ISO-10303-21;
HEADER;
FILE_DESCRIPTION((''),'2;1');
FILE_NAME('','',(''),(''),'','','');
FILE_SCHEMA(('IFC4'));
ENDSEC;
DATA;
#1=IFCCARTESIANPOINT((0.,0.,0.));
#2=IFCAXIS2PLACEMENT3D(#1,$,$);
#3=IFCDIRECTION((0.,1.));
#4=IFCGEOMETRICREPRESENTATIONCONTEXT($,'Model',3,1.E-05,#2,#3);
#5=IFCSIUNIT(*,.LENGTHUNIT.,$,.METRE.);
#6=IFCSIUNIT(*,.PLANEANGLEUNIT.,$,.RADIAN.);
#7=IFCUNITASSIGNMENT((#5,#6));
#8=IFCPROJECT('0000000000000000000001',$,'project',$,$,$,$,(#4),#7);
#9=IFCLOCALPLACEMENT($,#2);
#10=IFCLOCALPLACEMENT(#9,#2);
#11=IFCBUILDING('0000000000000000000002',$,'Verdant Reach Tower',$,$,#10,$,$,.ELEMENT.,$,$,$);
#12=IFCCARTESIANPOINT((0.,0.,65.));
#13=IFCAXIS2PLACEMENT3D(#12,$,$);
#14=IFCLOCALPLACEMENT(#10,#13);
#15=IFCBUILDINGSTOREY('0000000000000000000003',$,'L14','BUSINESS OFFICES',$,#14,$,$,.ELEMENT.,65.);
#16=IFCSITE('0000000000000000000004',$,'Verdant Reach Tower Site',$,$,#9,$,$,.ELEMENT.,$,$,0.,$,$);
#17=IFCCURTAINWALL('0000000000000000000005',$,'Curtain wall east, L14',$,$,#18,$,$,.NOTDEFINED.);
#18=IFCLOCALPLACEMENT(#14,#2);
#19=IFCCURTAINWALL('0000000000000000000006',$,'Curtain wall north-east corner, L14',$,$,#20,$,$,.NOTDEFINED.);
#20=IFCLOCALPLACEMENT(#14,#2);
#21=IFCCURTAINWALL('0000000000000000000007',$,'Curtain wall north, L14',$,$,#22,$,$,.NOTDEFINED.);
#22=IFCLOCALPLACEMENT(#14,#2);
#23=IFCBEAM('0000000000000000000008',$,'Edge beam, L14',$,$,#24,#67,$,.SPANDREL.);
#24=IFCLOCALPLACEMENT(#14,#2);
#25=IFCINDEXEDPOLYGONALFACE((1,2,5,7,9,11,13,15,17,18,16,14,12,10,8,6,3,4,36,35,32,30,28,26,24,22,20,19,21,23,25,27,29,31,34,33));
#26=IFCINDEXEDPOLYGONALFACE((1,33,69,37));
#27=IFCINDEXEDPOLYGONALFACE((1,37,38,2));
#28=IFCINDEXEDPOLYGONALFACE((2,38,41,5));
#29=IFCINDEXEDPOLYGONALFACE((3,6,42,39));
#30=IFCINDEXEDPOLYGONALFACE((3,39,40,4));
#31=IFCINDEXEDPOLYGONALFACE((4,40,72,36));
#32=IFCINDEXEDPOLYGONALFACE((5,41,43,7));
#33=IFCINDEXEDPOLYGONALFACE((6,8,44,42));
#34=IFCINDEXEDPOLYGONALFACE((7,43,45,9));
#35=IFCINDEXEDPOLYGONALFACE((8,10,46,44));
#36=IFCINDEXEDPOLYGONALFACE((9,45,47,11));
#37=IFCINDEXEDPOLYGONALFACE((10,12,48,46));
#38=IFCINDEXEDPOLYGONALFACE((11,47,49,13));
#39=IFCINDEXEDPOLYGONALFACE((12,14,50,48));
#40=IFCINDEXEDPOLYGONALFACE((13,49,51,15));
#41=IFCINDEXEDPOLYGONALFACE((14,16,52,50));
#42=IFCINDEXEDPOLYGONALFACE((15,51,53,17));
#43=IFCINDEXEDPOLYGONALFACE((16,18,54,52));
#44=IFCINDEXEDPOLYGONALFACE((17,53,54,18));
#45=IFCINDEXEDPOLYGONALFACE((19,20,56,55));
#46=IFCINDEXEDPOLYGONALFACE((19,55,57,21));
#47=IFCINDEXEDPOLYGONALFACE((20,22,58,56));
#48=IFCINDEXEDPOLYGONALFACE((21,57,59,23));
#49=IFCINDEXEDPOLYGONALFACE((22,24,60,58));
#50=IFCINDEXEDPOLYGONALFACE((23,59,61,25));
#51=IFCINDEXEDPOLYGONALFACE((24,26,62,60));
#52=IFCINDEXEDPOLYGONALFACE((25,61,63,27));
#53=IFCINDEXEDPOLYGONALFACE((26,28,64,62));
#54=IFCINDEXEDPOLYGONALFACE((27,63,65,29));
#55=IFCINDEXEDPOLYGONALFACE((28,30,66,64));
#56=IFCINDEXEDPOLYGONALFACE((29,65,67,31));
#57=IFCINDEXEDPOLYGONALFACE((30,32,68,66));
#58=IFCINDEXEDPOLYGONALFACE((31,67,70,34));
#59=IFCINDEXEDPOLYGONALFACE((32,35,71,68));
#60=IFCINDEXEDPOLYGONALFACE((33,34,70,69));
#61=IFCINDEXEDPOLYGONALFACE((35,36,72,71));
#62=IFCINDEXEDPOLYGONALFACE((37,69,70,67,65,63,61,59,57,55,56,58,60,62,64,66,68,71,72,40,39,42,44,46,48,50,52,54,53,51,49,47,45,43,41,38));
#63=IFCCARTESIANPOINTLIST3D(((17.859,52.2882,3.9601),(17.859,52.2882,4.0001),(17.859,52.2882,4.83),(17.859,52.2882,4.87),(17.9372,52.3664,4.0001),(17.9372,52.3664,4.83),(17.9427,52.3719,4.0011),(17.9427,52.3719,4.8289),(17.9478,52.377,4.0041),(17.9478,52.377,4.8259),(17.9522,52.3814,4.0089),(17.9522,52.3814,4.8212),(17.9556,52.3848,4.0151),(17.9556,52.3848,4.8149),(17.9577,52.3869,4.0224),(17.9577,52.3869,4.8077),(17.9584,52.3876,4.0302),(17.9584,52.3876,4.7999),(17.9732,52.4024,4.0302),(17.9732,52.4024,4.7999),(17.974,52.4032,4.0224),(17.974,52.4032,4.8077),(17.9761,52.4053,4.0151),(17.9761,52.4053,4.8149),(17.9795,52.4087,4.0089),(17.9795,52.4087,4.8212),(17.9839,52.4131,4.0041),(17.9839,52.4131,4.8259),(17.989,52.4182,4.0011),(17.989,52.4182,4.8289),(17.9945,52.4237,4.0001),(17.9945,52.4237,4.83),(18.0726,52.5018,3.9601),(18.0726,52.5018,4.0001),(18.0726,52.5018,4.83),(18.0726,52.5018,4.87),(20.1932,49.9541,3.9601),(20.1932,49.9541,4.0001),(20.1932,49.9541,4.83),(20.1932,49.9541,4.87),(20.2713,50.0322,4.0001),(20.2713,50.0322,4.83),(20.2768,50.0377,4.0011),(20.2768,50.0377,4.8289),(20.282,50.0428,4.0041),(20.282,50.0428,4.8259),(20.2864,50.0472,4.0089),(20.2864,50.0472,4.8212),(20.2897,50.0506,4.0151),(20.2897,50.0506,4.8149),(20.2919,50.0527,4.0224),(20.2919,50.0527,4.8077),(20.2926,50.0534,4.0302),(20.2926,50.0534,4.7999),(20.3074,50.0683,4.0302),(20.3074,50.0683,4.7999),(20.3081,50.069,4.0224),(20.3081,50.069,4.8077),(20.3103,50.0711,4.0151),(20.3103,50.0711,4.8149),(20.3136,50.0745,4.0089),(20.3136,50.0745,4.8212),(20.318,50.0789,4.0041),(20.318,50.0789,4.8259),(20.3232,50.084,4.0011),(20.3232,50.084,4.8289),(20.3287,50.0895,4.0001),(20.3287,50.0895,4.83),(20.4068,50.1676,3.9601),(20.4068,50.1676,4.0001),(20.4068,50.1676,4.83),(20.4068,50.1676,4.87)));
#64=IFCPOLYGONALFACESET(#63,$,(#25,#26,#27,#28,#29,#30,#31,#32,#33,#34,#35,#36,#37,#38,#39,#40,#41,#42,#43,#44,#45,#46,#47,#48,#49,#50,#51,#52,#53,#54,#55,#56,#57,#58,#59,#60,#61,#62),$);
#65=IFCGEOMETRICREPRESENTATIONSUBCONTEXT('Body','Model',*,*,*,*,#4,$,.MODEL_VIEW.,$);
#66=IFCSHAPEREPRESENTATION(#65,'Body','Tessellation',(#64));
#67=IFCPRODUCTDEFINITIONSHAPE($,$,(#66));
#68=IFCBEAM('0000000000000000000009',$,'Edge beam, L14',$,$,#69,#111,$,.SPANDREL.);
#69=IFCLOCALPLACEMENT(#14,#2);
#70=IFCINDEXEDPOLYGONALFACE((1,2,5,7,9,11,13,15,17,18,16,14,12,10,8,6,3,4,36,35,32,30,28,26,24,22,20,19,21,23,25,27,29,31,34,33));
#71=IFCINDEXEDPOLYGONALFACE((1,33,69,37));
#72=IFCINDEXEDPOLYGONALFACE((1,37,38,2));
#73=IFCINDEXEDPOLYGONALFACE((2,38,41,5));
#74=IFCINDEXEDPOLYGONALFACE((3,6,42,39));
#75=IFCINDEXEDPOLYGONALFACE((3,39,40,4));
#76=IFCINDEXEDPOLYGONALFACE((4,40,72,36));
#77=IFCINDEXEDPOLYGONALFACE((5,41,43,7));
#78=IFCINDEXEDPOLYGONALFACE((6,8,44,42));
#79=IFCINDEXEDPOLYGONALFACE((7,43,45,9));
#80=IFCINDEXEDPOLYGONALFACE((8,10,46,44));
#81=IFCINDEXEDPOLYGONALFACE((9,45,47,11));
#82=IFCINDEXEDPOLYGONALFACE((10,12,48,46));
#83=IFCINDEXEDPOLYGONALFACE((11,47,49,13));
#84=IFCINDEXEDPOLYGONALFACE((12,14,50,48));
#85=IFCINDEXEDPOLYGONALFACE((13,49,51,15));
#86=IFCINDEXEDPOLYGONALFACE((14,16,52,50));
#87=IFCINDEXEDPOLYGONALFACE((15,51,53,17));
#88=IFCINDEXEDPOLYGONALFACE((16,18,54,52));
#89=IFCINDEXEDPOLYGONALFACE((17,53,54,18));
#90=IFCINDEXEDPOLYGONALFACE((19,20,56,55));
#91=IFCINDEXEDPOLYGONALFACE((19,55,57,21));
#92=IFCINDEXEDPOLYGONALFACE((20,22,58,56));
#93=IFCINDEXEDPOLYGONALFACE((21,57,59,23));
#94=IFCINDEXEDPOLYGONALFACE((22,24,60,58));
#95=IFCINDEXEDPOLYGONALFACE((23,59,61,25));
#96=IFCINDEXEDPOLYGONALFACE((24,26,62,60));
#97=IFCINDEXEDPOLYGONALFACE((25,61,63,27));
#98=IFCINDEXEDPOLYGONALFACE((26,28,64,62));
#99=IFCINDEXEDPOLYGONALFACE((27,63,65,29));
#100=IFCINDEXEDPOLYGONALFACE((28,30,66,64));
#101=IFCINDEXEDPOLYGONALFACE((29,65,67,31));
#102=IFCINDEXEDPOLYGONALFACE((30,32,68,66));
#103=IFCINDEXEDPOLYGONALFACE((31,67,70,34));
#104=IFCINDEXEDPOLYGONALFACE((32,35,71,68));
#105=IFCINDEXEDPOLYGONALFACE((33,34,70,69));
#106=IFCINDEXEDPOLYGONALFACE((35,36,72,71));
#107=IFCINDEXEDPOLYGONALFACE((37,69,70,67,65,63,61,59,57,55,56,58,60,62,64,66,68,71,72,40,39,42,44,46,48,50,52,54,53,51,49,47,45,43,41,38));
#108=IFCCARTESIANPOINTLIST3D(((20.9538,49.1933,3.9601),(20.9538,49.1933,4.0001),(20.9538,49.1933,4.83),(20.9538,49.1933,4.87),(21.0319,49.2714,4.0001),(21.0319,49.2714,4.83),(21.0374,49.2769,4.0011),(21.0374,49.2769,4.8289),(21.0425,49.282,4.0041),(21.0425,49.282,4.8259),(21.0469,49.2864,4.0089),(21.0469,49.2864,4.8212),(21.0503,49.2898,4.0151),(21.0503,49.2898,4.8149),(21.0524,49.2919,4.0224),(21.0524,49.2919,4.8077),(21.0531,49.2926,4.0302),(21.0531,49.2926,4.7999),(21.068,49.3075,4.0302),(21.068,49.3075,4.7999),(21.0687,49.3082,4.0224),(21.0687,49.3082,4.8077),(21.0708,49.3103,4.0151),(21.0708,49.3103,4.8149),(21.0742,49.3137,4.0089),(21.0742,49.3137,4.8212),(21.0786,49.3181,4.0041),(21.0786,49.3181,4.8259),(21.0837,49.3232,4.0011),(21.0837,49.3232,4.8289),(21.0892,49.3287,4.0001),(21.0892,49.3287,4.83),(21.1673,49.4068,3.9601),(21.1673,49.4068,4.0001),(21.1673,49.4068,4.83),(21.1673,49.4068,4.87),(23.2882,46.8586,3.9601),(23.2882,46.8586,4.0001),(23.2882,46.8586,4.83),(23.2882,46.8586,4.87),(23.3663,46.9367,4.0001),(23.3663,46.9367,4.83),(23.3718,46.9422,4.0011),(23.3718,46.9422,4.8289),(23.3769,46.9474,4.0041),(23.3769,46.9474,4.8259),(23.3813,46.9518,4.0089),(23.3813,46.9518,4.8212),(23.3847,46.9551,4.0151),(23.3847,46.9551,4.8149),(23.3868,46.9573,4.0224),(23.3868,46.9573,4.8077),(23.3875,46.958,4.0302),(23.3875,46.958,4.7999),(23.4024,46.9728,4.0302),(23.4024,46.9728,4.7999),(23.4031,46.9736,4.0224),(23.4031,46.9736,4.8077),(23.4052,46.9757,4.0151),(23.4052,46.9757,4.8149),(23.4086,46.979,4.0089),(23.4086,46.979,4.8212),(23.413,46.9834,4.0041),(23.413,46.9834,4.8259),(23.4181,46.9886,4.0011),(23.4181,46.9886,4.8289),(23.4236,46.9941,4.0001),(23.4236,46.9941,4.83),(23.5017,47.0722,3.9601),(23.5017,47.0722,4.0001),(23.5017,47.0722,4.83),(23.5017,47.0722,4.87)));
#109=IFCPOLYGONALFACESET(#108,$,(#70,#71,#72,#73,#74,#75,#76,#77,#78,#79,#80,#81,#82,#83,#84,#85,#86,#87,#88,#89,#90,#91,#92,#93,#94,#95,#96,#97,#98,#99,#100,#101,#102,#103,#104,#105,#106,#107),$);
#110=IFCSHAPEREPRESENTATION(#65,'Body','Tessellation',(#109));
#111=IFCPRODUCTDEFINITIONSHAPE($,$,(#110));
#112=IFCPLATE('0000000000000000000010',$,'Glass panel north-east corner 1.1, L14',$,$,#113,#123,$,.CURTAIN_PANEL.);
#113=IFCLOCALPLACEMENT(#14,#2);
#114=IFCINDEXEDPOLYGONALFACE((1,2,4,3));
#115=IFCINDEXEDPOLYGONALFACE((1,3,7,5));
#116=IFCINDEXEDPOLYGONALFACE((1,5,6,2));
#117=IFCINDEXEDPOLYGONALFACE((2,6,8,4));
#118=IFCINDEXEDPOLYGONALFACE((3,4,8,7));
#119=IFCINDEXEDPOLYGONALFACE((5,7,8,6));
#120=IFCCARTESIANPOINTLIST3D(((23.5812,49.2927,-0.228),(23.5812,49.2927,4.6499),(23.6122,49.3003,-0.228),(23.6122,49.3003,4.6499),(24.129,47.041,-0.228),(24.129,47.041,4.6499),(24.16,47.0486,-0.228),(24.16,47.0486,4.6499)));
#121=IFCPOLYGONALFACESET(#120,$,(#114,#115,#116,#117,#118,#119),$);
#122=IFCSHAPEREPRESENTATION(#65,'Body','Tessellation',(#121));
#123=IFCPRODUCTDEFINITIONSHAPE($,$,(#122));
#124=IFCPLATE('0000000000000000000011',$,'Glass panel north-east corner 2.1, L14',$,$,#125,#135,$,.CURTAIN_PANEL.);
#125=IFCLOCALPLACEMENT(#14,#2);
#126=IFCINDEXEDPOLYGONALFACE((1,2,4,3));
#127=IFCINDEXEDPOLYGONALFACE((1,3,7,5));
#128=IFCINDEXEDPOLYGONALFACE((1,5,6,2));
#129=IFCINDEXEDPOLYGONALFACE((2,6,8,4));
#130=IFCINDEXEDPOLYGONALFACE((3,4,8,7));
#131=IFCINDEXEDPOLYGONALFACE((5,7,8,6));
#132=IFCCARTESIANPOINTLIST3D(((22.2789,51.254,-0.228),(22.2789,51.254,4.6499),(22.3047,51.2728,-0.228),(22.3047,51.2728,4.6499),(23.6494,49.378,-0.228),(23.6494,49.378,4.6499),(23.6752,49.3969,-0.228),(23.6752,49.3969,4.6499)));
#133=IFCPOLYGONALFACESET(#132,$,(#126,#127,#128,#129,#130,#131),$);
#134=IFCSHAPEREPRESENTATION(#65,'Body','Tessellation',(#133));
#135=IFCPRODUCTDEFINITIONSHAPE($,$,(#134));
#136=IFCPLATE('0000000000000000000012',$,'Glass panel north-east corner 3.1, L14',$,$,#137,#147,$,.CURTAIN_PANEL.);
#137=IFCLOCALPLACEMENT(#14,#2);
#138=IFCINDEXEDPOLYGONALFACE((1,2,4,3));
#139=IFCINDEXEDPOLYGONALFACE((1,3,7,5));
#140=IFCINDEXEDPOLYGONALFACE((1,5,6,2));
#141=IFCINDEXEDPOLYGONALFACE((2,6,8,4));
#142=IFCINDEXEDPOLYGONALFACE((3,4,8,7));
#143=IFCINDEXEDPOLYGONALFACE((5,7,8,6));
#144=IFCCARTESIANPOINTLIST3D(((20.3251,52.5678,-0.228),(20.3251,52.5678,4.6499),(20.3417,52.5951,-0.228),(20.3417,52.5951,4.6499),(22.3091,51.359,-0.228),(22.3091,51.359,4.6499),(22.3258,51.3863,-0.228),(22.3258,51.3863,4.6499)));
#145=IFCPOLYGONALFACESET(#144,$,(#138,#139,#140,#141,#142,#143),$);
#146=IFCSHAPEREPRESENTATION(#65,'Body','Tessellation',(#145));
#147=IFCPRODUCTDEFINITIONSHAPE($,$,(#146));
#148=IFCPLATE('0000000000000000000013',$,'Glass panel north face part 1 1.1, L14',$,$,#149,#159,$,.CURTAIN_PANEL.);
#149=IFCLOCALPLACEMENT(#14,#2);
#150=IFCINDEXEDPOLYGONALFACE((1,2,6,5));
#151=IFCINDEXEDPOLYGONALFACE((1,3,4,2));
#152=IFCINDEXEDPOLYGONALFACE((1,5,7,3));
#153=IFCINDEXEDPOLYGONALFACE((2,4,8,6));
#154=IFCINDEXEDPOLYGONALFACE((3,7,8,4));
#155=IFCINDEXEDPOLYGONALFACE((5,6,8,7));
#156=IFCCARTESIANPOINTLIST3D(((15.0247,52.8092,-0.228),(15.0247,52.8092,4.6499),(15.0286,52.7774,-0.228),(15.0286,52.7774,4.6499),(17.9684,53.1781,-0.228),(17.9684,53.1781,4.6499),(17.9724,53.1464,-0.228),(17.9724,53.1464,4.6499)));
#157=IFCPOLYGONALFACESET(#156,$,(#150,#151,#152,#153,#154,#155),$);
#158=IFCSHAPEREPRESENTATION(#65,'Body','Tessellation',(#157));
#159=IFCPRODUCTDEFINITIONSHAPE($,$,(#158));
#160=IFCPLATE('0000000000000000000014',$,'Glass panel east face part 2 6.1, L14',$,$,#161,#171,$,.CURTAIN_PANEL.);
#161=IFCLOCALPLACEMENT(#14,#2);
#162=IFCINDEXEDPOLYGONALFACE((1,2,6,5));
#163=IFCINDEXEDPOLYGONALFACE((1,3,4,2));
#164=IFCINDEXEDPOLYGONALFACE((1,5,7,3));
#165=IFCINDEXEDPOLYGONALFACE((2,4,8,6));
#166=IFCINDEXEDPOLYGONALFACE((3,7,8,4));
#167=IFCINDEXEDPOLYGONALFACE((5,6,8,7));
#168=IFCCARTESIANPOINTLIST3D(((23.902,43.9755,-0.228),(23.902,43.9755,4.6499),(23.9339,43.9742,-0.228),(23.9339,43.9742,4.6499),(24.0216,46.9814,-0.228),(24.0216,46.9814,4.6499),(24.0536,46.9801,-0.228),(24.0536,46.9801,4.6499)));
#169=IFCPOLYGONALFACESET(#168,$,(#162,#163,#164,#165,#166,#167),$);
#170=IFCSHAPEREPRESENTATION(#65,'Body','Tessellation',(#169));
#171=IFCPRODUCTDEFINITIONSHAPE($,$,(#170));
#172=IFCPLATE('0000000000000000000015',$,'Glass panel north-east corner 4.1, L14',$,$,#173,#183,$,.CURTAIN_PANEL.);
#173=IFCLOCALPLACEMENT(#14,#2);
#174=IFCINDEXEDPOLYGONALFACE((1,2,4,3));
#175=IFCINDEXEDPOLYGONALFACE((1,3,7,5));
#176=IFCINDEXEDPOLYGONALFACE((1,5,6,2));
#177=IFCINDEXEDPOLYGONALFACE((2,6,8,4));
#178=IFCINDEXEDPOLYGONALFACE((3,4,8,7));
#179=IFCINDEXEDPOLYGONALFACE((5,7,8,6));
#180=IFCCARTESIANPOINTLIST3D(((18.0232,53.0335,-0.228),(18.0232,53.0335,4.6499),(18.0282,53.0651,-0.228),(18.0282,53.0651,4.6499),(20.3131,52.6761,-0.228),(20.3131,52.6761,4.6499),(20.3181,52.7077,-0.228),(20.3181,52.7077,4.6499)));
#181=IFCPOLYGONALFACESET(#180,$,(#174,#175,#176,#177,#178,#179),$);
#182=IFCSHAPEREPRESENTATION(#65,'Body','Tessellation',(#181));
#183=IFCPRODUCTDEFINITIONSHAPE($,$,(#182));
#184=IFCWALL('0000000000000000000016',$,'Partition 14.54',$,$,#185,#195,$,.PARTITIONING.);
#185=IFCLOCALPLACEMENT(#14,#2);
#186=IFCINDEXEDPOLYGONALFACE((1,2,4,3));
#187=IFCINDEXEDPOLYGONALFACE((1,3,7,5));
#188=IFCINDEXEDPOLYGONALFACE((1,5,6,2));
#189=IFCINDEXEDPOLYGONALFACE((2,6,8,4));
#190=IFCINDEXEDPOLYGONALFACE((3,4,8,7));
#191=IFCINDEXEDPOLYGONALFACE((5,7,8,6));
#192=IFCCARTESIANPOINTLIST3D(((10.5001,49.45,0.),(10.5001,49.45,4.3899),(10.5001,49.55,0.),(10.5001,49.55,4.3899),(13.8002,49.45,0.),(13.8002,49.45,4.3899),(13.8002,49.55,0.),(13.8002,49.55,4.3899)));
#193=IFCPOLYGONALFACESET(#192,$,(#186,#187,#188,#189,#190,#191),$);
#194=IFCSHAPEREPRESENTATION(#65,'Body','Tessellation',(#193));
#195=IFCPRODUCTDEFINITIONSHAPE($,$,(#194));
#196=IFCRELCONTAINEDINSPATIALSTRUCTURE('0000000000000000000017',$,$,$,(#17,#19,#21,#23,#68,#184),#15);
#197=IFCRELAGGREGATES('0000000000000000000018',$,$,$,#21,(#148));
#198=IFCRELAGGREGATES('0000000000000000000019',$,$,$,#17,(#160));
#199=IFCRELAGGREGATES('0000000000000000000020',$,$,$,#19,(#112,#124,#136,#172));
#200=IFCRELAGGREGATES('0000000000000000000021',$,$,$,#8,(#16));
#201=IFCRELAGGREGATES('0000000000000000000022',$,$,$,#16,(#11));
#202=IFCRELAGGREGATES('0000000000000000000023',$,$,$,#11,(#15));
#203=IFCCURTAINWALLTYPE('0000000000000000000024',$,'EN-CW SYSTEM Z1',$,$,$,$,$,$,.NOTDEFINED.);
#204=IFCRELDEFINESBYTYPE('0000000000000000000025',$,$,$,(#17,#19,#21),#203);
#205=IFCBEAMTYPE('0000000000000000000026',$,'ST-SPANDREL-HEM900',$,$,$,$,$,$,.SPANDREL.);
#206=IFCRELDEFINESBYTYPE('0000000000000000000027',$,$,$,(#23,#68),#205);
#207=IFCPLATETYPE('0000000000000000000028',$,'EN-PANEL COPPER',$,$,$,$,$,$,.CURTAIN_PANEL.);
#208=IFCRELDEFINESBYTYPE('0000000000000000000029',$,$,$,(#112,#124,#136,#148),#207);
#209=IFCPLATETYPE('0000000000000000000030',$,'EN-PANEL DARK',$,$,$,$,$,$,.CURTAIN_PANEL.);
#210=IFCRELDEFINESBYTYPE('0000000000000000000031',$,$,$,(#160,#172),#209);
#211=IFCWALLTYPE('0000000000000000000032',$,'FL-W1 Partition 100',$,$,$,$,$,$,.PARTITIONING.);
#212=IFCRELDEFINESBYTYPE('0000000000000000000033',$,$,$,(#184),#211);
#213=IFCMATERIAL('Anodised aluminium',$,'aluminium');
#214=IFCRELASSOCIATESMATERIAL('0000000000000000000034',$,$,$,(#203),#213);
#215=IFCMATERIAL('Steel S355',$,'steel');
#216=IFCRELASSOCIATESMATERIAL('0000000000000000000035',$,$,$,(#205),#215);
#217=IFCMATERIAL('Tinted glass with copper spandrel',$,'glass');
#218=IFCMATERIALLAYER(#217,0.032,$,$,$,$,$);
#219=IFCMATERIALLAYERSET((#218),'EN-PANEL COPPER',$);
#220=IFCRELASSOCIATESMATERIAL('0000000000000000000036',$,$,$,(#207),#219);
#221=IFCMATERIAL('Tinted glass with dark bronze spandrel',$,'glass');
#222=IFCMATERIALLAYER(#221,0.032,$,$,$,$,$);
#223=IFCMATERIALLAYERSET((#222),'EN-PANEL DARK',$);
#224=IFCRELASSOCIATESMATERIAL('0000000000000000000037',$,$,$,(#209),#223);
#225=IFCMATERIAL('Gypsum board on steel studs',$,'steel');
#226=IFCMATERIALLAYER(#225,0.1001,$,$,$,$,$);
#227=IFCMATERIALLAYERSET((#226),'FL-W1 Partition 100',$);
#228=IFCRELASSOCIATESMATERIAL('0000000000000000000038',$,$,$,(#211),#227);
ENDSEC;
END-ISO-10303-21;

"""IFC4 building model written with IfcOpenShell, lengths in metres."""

from ifc_helpers import new_model, si_unit, direction, frame, frame_2d, origin, origin_2d, place, context, subcontext, project, spatial, rectangle, i_section, extrude, material, layer, layer_set, material_profile, profile_set, type_object, element, aggregate, save


model = new_model("IFC4")

# Units and contexts
model_context = context("Model", 3, precision=1e-05, world=origin(), true_north=direction((0.0, 1.0)))
body_context = subcontext(model_context, "Body", "Model", "MODEL_VIEW")
ifc_project = project(units=[si_unit("LENGTHUNIT", "METRE"), si_unit("PLANEANGLEUNIT", "RADIAN")], contexts=[model_context])

# Site, building, storey
site_placement = place(None, origin())
site = spatial("IfcSite", under=ifc_project, at=site_placement, Name="Verdant Reach Tower Site", CompositionType="ELEMENT", RefElevation=0.0)
building_placement = place(site_placement, origin())
building = spatial("IfcBuilding", under=site, at=building_placement, Name="Verdant Reach Tower", CompositionType="ELEMENT")
storey_placement = place(building_placement, frame((0.0, 0.0, 65.0)))
storey = spatial("IfcBuildingStorey", under=building, at=storey_placement, Name="L14", Description="BUSINESS OFFICES", CompositionType="ELEMENT", Elevation=65.0)

# Curtain wall
ifc_material_1 = material(Name="Anodised aluminium", Category="aluminium")
curtain_wall_type = type_object("IfcCurtainWallType", Name="EN-CW SYSTEM Z1", PredefinedType="NOTDEFINED", material=ifc_material_1)
curtain_wall_1_placement = place(storey_placement, origin())
curtain_wall_1 = element("IfcCurtainWall", 1, at=curtain_wall_1_placement, inside=storey, type_object=curtain_wall_type, Name="Curtain wall east, L14", PredefinedType="NOTDEFINED")

# Curtain walls
curtain_wall_2_placement = place(storey_placement, origin())
curtain_wall_2 = element("IfcCurtainWall", 2, at=curtain_wall_2_placement, inside=storey, type_object=curtain_wall_type, Name="Curtain wall north-east corner, L14", PredefinedType="NOTDEFINED")
curtain_wall_3_placement = place(storey_placement, origin())
curtain_wall_3 = element("IfcCurtainWall", 3, at=curtain_wall_3_placement, inside=storey, type_object=curtain_wall_type, Name="Curtain wall north, L14", PredefinedType="NOTDEFINED")

# Beams
ifc_material_2 = material(Name="Steel S355", Category="steel")
ifc_material_profile_1 = material_profile(ifc_material_2, i_section(OverallWidth=0.302, OverallDepth=0.9099, WebThickness=0.021, FlangeThickness=0.04, FilletRadius=0.03, at=origin_2d()), Name="HEM 900")
ifc_profile_set_1 = profile_set([ifc_material_profile_1], Name="Steel S355")
beam_type_1 = type_object("IfcBeamType", Name="ST-SPANDREL-HEM900", PredefinedType="SPANDREL", material=ifc_profile_set_1)
beam_1_placement = place(storey_placement, frame((17.9658, 52.395, 4.415), z_axis=(0.707107, -0.707107, 0.0), x_axis=(0.707107, 0.707107, 0.0)))
element("IfcBeam", 4, at=beam_1_placement, inside=storey, type_object=beam_type_1, Name="Edge beam, L14", PredefinedType="SPANDREL", context=body_context, shape_type="SweptSolid", body=[
    extrude(i_section(OverallWidth=0.302, OverallDepth=0.9099, WebThickness=0.021, FlangeThickness=0.04, FilletRadius=0.03, at=origin_2d()), origin(), (0.0, 0.0, 1.0), 3.301),
])
beam_2_placement = place(storey_placement, frame((21.0605, 49.3, 4.415), z_axis=(0.70707, -0.707144, 0.0), x_axis=(0.707144, 0.70707, 0.0)))
element("IfcBeam", 5, at=beam_2_placement, inside=storey, type_object=beam_type_1, Name="Edge beam, L14", PredefinedType="SPANDREL", context=body_context, shape_type="SweptSolid", body=[
    extrude(i_section(OverallWidth=0.302, OverallDepth=0.9099, WebThickness=0.021, FlangeThickness=0.04, FilletRadius=0.03, at=origin_2d()), origin(), (0.0, 0.0, 1.0), 3.3015),
])

# Plates
ifc_material_3 = material(Name="Tinted glass with copper spandrel", Category="glass")
ifc_layer_1 = layer(ifc_material_3, 0.032)
ifc_layer_set_1 = layer_set([ifc_layer_1], Name="EN-PANEL COPPER")
plate_type_1 = type_object("IfcPlateType", Name="EN-PANEL COPPER", PredefinedType="CURTAIN_PANEL", material=ifc_layer_set_1)
plate_1_placement = place(storey_placement, frame((23.8706, 48.1707, -0.228), z_axis=(0.0, 0.0, 1.0), x_axis=(-0.236383, 0.97166, 0.0)))
plate_1 = element("IfcPlate", 6, at=plate_1_placement, type_object=plate_type_1, Name="Glass panel north-east corner 1.1, L14", PredefinedType="CURTAIN_PANEL", context=body_context, shape_type="SweptSolid", body=[
    extrude(rectangle(XDim=2.3174, YDim=0.032, at=origin_2d()), origin(), (0.0, 0.0, 1.0), 4.8779),
])
plate_2_placement = place(storey_placement, frame((22.9771, 50.3254, -0.228), z_axis=(0.0, 0.0, 1.0), x_axis=(-0.589927, 0.807457, 0.0)))
plate_2 = element("IfcPlate", 7, at=plate_2_placement, type_object=plate_type_1, Name="Glass panel north-east corner 2.1, L14", PredefinedType="CURTAIN_PANEL", context=body_context, shape_type="SweptSolid", body=[
    extrude(rectangle(XDim=2.3232, YDim=0.032, at=origin_2d()), origin(), (0.0, 0.0, 1.0), 4.8779),
])
plate_3_placement = place(storey_placement, frame((21.3254, 51.9771, -0.228), z_axis=(0.0, 0.0, 1.0), x_axis=(-0.853989, 0.520292, 0.0)))
plate_3 = element("IfcPlate", 8, at=plate_3_placement, type_object=plate_type_1, Name="Glass panel north-east corner 3.1, L14", PredefinedType="CURTAIN_PANEL", context=body_context, shape_type="SweptSolid", body=[
    extrude(rectangle(XDim=2.3232, YDim=0.032, at=origin_2d()), origin(), (0.0, 0.0, 1.0), 4.8779),
])
plate_4_placement = place(storey_placement, frame((16.4985, 52.9778, -0.228), z_axis=(0.0, 0.0, 1.0), x_axis=(-0.992235, -0.124374, 0.0)))
plate_4 = element("IfcPlate", 9, at=plate_4_placement, type_object=plate_type_1, Name="Glass panel north face part 1 1.1, L14", PredefinedType="CURTAIN_PANEL", context=body_context, shape_type="SweptSolid", body=[
    extrude(rectangle(XDim=2.9668, YDim=0.032, at=origin_2d()), origin(), (0.0, 0.0, 1.0), 4.8779),
])
aggregate(curtain_wall_3, [plate_4])
ifc_material_4 = material(Name="Tinted glass with dark bronze spandrel", Category="glass")
ifc_layer_2 = layer(ifc_material_4, 0.032)
ifc_layer_set_2 = layer_set([ifc_layer_2], Name="EN-PANEL DARK")
plate_type_2 = type_object("IfcPlateType", Name="EN-PANEL DARK", PredefinedType="CURTAIN_PANEL", material=ifc_layer_set_2)
plate_5_placement = place(storey_placement, frame((23.9778, 45.4778, -0.228), z_axis=(0.0, 0.0, 1.0), x_axis=(0.039784, 0.999208, 0.0)))
plate_5 = element("IfcPlate", 10, at=plate_5_placement, type_object=plate_type_2, Name="Glass panel east face part 2 6.1, L14", PredefinedType="CURTAIN_PANEL", context=body_context, shape_type="SweptSolid", body=[
    extrude(rectangle(XDim=3.0083, YDim=0.032, at=origin_2d()), origin(), (0.0, 0.0, 1.0), 4.8779),
])
aggregate(curtain_wall_1, [plate_5])
plate_6_placement = place(storey_placement, frame((19.1707, 52.8706, -0.228), z_axis=(0.0, 0.0, 1.0), x_axis=(-0.988033, 0.154245, 0.0)))
plate_6 = element("IfcPlate", 11, at=plate_6_placement, type_object=plate_type_2, Name="Glass panel north-east corner 4.1, L14", PredefinedType="CURTAIN_PANEL", context=body_context, shape_type="SweptSolid", body=[
    extrude(rectangle(XDim=2.3176, YDim=0.032, at=origin_2d()), origin(), (0.0, 0.0, 1.0), 4.8779),
])
aggregate(curtain_wall_2, [plate_1, plate_2, plate_3, plate_6])

# Wall
ifc_material_5 = material(Name="Gypsum board on steel studs", Category="steel")
ifc_layer_3 = layer(ifc_material_5, 0.1001)
ifc_layer_set_3 = layer_set([ifc_layer_3], Name="FL-W1 Partition 100")
wall_type_1 = type_object("IfcWallType", Name="FL-W1 Partition 100", PredefinedType="PARTITIONING", material=ifc_layer_set_3)
wall_1_placement = place(storey_placement, frame((13.8, 49.5, 0.0), z_axis=(0.0, 0.0, 1.0), x_axis=(-1.0, 0.0, 0.0)))
element("IfcWall", 12, at=wall_1_placement, inside=storey, type_object=wall_type_1, Name="Partition 14.54", PredefinedType="PARTITIONING", context=body_context, shape_type="SweptSolid", body=[
    extrude(rectangle(XDim=3.3, YDim=0.1001, at=frame_2d((1.6499, 0.0))), origin(), (0.0, 0.0, 1.0), 4.3899),
])

save(model, "model.ifc")
